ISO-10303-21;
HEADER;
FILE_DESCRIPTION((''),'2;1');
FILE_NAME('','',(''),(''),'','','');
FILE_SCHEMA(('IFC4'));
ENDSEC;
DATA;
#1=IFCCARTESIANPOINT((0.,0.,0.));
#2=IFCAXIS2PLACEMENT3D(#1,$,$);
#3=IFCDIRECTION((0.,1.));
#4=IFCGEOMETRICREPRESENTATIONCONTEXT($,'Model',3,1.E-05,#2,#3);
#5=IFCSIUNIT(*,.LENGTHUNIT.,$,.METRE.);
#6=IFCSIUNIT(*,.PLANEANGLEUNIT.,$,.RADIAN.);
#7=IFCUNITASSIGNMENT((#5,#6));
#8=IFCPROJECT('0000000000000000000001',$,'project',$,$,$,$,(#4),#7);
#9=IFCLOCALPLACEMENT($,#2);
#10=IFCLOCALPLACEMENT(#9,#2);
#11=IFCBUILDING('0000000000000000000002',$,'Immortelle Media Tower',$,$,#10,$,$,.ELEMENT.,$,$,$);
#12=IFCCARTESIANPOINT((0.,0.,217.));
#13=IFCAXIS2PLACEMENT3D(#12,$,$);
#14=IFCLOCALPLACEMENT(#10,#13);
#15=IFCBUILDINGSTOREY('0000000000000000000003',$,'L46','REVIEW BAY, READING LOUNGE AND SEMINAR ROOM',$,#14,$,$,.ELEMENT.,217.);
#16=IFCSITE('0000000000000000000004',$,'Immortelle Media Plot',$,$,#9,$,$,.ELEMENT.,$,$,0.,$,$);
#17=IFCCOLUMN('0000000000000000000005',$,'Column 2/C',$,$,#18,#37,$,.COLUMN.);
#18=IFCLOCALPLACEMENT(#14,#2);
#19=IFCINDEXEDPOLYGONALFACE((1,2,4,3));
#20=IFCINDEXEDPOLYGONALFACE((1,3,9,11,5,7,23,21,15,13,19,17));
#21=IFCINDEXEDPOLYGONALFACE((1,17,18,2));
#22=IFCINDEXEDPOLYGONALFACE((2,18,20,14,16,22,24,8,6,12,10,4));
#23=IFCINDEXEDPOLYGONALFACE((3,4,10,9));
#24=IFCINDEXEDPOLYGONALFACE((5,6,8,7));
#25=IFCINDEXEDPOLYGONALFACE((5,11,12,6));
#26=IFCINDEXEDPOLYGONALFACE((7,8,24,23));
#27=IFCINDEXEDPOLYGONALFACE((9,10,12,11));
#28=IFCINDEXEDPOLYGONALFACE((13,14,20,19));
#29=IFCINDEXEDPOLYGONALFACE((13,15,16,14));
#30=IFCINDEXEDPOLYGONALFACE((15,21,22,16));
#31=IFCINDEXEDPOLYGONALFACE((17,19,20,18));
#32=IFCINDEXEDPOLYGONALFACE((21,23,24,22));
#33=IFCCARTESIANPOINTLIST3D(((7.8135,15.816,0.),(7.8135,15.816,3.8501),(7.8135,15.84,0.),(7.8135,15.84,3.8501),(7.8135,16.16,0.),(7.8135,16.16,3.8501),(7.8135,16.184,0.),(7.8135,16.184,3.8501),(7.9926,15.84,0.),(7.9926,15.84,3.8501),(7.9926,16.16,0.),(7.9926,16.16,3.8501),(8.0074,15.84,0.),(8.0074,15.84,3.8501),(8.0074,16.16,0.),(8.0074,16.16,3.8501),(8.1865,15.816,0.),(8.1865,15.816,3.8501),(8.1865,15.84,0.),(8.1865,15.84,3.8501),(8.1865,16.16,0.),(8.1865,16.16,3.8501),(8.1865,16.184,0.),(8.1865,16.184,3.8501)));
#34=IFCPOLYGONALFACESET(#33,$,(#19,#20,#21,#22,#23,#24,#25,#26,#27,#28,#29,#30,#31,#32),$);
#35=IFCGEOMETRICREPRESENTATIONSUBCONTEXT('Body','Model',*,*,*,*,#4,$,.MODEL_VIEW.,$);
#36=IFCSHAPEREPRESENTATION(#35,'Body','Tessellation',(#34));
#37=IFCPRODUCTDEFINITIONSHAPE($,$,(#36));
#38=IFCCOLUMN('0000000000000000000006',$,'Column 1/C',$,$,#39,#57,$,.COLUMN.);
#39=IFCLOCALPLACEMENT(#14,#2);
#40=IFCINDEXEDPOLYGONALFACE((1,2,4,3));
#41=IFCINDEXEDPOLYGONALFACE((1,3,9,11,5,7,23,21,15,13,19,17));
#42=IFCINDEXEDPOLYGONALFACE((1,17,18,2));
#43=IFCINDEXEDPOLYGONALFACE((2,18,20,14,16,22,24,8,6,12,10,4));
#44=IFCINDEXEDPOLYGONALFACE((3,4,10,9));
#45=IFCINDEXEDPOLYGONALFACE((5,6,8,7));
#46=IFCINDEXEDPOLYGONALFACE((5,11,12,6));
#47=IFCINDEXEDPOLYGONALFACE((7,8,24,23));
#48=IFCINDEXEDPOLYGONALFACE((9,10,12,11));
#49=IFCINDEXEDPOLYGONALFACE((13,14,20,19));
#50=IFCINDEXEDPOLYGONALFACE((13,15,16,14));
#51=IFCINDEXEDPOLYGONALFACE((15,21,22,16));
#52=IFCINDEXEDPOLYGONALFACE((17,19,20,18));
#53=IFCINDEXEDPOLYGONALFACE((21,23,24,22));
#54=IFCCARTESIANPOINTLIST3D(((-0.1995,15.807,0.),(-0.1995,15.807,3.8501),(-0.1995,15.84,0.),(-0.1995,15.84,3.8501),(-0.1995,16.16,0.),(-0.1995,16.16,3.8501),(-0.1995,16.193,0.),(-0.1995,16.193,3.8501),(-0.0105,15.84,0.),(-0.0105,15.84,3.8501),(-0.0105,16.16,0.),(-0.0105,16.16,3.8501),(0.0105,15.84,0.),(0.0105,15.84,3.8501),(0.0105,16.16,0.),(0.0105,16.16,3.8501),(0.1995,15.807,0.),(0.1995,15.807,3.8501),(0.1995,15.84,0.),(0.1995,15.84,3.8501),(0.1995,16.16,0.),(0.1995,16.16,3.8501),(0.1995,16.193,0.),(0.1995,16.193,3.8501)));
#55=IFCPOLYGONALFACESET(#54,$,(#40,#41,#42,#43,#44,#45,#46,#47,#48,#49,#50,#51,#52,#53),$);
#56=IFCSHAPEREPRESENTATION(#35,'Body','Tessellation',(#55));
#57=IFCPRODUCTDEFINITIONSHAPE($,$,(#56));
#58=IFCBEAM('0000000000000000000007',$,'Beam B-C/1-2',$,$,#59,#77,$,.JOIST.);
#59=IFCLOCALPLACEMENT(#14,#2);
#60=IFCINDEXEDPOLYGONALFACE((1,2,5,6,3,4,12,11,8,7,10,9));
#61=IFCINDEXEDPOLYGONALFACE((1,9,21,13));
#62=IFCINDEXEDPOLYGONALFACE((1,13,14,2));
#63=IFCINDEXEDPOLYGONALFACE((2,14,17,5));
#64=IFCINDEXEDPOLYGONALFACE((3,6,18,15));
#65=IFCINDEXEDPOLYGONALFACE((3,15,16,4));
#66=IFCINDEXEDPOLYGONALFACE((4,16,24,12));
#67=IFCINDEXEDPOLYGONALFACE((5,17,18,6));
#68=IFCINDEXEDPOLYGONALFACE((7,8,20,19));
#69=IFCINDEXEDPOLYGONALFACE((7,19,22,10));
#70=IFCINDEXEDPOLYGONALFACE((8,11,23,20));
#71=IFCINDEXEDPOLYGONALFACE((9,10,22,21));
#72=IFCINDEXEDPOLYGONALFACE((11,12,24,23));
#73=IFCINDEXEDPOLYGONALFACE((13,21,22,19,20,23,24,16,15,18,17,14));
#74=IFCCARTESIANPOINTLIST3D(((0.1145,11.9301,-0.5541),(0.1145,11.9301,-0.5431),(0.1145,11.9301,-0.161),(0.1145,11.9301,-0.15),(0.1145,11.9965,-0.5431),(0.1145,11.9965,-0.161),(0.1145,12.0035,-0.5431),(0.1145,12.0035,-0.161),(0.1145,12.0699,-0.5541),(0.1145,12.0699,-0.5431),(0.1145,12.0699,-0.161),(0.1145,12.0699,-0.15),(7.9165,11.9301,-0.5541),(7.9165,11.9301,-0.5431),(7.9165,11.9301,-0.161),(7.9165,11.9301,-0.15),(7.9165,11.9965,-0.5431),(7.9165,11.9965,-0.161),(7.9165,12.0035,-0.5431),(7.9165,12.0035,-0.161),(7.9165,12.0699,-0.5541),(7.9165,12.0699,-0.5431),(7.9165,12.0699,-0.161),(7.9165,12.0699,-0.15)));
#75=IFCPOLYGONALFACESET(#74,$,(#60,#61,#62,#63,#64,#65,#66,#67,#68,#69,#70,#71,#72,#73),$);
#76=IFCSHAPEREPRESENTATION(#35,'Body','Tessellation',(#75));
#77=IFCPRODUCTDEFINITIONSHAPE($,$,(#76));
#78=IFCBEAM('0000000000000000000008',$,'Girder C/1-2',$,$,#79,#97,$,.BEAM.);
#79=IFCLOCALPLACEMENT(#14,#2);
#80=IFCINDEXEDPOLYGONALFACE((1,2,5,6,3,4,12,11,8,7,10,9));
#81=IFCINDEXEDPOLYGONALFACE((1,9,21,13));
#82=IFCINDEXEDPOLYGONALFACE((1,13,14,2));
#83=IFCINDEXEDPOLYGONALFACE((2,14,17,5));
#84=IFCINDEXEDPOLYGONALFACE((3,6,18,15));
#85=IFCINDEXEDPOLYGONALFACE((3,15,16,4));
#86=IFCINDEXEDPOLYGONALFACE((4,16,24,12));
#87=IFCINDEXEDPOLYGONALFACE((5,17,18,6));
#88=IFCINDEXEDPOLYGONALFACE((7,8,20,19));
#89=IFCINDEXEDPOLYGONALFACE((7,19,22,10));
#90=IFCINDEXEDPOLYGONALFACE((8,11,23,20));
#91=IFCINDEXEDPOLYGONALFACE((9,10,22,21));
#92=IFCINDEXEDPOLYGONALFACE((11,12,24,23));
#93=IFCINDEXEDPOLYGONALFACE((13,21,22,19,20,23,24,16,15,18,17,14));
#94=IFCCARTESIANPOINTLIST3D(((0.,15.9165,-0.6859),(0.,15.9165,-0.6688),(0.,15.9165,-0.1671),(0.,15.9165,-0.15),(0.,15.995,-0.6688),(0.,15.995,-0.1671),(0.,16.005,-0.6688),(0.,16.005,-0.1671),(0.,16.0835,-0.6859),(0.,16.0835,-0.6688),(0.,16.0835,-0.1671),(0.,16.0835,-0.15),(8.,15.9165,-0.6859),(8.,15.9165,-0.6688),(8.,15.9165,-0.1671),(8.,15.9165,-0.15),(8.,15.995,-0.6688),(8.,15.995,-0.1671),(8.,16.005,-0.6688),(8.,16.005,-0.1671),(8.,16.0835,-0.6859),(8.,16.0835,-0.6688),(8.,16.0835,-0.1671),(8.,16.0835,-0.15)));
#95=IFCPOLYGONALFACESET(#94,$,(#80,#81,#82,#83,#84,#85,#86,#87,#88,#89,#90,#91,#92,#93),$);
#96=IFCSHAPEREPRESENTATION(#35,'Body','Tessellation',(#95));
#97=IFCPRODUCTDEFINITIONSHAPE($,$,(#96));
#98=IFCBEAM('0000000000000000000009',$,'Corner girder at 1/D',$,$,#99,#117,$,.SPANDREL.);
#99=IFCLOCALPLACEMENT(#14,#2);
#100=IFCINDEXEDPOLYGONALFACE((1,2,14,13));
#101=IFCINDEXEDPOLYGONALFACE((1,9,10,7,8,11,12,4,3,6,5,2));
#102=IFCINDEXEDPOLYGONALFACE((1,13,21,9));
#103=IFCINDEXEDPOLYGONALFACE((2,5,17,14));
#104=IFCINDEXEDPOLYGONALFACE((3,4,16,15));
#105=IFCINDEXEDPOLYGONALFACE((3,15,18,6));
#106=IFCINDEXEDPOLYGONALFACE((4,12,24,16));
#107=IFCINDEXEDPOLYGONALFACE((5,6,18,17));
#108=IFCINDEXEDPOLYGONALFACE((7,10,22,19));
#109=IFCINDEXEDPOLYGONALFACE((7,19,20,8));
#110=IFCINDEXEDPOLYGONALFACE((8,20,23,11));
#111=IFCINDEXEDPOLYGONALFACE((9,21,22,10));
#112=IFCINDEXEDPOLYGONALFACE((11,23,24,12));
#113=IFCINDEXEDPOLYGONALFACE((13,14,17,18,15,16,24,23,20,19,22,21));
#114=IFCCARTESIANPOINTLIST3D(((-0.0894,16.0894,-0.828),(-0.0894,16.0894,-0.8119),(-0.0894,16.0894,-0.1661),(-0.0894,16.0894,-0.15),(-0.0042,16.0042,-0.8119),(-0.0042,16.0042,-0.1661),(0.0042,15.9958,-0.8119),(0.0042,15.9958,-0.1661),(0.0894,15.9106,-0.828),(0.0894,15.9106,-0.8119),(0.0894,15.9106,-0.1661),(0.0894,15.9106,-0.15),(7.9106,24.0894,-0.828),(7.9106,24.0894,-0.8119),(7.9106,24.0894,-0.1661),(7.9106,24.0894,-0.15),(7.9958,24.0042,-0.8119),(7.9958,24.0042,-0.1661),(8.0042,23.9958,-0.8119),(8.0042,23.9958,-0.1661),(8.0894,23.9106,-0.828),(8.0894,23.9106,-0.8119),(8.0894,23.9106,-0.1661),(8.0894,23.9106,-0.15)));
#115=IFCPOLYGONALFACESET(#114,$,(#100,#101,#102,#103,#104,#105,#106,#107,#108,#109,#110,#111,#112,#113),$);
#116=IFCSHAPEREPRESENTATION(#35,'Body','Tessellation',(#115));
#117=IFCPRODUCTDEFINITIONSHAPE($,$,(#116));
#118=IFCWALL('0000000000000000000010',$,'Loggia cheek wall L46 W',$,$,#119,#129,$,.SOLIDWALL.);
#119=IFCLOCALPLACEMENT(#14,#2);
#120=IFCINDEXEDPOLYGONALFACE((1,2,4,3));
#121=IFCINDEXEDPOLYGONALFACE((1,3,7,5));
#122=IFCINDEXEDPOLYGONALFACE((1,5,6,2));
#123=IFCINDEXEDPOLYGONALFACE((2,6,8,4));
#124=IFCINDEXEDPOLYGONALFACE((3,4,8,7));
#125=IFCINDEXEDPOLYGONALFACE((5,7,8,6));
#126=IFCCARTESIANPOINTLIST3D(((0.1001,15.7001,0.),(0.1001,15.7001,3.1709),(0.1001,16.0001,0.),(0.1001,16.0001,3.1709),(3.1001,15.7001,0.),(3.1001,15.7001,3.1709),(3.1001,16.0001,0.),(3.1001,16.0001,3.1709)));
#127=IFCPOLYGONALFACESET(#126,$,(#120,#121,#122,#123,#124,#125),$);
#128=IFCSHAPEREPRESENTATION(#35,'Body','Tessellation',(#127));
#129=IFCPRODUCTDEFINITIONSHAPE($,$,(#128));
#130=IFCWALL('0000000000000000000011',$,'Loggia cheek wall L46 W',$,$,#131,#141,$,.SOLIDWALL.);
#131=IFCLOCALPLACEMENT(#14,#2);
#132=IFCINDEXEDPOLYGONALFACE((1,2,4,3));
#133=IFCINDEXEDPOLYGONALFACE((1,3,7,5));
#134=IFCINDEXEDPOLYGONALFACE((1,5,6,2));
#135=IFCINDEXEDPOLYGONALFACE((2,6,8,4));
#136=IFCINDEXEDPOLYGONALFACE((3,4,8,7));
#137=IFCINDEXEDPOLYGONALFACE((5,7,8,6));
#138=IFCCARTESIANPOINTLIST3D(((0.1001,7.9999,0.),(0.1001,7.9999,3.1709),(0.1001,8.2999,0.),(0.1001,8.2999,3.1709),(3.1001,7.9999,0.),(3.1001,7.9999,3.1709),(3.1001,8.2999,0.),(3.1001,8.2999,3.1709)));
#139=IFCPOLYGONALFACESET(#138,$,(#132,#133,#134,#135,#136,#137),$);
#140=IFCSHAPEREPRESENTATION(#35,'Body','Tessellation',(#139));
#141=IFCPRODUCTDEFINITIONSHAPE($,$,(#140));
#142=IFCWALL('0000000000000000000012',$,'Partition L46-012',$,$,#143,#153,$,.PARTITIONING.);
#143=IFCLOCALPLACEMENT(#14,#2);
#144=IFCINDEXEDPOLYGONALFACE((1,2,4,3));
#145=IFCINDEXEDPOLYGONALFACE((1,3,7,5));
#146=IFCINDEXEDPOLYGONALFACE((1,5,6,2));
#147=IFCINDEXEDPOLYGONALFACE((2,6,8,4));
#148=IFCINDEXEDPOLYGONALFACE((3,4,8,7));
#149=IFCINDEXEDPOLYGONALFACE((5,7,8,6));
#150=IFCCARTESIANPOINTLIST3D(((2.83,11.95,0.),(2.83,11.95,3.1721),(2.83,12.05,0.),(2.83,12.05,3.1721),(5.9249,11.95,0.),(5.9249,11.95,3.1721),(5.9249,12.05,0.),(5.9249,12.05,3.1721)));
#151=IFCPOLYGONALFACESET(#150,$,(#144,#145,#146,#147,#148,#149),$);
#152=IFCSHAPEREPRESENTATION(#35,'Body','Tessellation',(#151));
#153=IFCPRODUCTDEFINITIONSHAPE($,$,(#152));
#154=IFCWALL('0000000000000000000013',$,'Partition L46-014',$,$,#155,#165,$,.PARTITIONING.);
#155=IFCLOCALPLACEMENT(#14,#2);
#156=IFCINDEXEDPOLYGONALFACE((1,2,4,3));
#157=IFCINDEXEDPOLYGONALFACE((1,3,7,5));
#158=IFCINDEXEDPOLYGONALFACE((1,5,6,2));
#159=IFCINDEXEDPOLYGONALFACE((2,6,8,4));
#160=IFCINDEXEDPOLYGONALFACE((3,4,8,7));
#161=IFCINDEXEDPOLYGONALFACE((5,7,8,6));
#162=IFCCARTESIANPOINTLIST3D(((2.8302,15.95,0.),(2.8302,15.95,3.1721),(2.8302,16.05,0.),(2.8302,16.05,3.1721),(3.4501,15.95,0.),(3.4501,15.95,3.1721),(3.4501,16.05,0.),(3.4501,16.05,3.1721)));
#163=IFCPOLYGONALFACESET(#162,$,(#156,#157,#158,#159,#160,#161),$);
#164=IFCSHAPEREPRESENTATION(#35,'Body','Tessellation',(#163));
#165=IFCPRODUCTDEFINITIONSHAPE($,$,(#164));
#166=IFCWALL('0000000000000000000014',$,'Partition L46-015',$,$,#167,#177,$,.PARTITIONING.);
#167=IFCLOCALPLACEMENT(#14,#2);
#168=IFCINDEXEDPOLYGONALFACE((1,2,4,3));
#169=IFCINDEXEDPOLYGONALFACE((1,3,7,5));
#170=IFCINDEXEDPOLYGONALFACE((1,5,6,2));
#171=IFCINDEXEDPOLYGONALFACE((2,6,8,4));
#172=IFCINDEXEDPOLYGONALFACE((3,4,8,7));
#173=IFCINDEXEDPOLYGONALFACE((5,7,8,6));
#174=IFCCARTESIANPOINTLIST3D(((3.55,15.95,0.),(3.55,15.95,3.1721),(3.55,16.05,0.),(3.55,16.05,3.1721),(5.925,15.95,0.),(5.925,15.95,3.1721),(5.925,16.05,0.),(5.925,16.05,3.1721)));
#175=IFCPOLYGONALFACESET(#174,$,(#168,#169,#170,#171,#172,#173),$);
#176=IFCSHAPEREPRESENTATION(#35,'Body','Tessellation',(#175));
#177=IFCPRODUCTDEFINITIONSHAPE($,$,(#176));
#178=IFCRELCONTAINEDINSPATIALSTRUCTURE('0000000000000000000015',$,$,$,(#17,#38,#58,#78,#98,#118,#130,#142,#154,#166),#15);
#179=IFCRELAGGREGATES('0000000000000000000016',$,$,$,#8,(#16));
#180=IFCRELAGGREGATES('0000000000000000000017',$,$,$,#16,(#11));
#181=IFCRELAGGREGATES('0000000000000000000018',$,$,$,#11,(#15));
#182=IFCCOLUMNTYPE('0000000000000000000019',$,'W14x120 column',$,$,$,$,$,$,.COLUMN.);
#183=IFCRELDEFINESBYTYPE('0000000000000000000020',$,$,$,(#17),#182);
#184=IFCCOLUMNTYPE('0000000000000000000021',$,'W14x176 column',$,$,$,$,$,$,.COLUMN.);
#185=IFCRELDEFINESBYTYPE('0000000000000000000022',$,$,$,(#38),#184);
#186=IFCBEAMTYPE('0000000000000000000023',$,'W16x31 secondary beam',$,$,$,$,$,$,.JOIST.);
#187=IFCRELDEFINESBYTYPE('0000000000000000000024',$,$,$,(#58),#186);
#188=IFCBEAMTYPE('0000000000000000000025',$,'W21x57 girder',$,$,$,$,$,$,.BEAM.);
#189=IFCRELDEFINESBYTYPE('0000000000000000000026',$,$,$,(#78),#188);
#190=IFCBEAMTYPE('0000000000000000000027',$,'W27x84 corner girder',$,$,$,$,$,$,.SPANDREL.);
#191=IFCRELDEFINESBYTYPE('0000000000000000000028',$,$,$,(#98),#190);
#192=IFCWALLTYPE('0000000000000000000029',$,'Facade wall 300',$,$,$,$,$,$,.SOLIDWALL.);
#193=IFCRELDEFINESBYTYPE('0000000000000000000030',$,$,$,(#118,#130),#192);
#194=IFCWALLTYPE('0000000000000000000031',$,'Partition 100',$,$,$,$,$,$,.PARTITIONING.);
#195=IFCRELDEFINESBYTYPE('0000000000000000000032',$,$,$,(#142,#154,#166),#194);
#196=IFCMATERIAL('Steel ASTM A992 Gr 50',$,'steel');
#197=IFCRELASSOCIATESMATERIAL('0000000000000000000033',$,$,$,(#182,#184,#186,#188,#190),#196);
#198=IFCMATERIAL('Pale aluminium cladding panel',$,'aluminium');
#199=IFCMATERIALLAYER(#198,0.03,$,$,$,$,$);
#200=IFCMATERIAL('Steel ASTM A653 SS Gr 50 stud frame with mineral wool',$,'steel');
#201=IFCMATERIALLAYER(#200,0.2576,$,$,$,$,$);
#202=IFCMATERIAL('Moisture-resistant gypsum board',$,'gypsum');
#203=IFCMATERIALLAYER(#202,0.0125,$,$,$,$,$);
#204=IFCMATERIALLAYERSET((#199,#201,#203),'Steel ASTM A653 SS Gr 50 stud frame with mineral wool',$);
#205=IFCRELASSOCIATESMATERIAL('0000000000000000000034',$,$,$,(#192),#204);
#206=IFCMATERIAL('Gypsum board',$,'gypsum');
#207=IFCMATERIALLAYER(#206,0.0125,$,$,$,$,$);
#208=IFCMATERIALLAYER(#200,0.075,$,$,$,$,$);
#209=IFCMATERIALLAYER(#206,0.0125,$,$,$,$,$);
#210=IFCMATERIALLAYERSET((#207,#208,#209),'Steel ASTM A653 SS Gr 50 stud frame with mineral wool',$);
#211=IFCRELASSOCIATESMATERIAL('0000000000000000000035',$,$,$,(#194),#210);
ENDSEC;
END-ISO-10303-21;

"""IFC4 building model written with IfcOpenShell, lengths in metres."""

from ifc_helpers import new_model, si_unit, direction, frame, frame_2d, origin, origin_2d, place, context, subcontext, project, spatial, rectangle, i_section, extrude, material, layer, layer_set, material_profile, profile_set, type_object, element, save


model = new_model("IFC4")

# Units and contexts
model_context = context("Model", 3, precision=1e-05, world=origin(), true_north=direction((0.0, 1.0)))
body_context = subcontext(model_context, "Body", "Model", "MODEL_VIEW")
ifc_project = project(units=[si_unit("LENGTHUNIT", "METRE"), si_unit("PLANEANGLEUNIT", "RADIAN")], contexts=[model_context])

# Site, building, storey
site_placement = place(None, origin())
site = spatial("IfcSite", under=ifc_project, at=site_placement, Name="Immortelle Media Plot", CompositionType="ELEMENT", RefElevation=0.0)
building_placement = place(site_placement, origin())
building = spatial("IfcBuilding", under=site, at=building_placement, Name="Immortelle Media Tower", CompositionType="ELEMENT")
storey_placement = place(building_placement, frame((0.0, 0.0, 217.0)))
storey = spatial("IfcBuildingStorey", under=building, at=storey_placement, Name="L46", Description="REVIEW BAY, READING LOUNGE AND SEMINAR ROOM", CompositionType="ELEMENT", Elevation=217.0)

# Columns
ifc_material_1 = material(Name="Steel ASTM A992 Gr 50", Category="steel")
ifc_material_profile_1 = material_profile(ifc_material_1, i_section(OverallWidth=0.373, OverallDepth=0.3679, WebThickness=0.0149, FlangeThickness=0.0239, at=origin_2d()), Name="W14x120")
ifc_profile_set_1 = profile_set([ifc_material_profile_1], Name="Steel ASTM A992 Gr 50")
column_type_1 = type_object("IfcColumnType", Name="W14x120 column", PredefinedType="COLUMN", material=ifc_profile_set_1)
column_1_placement = place(storey_placement, frame((8.0, 16.0, 0.0), z_axis=(0.0, 0.0, 1.0), x_axis=(1.0, 0.0, 0.0)))
element("IfcColumn", 1, at=column_1_placement, inside=storey, type_object=column_type_1, Name="Column 2/C", PredefinedType="COLUMN", context=body_context, shape_type="SweptSolid", body=[
    extrude(i_section(OverallWidth=0.373, OverallDepth=0.3679, WebThickness=0.0149, FlangeThickness=0.0239, at=origin_2d()), origin(), (0.0, 0.0, 1.0), 3.8501),
])
ifc_material_profile_2 = material_profile(ifc_material_1, i_section(OverallWidth=0.3989, OverallDepth=0.386, WebThickness=0.021, FlangeThickness=0.033, at=origin_2d()), Name="W14x176")
ifc_profile_set_2 = profile_set([ifc_material_profile_2], Name="Steel ASTM A992 Gr 50")
column_type_2 = type_object("IfcColumnType", Name="W14x176 column", PredefinedType="COLUMN", material=ifc_profile_set_2)
column_2_placement = place(storey_placement, frame((0.0, 16.0, 0.0), z_axis=(0.0, 0.0, 1.0), x_axis=(1.0, 0.0, 0.0)))
element("IfcColumn", 2, at=column_2_placement, inside=storey, type_object=column_type_2, Name="Column 1/C", PredefinedType="COLUMN", context=body_context, shape_type="SweptSolid", body=[
    extrude(i_section(OverallWidth=0.3989, OverallDepth=0.386, WebThickness=0.021, FlangeThickness=0.033, at=origin_2d()), origin(), (0.0, 0.0, 1.0), 3.8501),
])

# Beams
ifc_material_profile_3 = material_profile(ifc_material_1, i_section(OverallWidth=0.1399, OverallDepth=0.4041, WebThickness=0.0071, FlangeThickness=0.011, at=origin_2d()), Name="W16x31")
ifc_profile_set_3 = profile_set([ifc_material_profile_3], Name="Steel ASTM A992 Gr 50")
beam_type_1 = type_object("IfcBeamType", Name="W16x31 secondary beam", PredefinedType="JOIST", material=ifc_profile_set_3)
beam_1_placement = place(storey_placement, frame((0.1145, 12.0, -0.3521), z_axis=(1.0, 0.0, 0.0), x_axis=(0.0, 1.0, 0.0)))
element("IfcBeam", 3, at=beam_1_placement, inside=storey, type_object=beam_type_1, Name="Beam B-C/1-2", PredefinedType="JOIST", context=body_context, shape_type="SweptSolid", body=[
    extrude(i_section(OverallWidth=0.1399, OverallDepth=0.4041, WebThickness=0.0071, FlangeThickness=0.011, at=origin_2d()), origin(), (0.0, 0.0, 1.0), 7.802),
])
ifc_material_profile_4 = material_profile(ifc_material_1, i_section(OverallWidth=0.167, OverallDepth=0.5359, WebThickness=0.01, FlangeThickness=0.0171, at=origin_2d()), Name="W21x57")
ifc_profile_set_4 = profile_set([ifc_material_profile_4], Name="Steel ASTM A992 Gr 50")
beam_type_2 = type_object("IfcBeamType", Name="W21x57 girder", PredefinedType="BEAM", material=ifc_profile_set_4)
beam_2_placement = place(storey_placement, frame((0.0, 16.0, -0.418), z_axis=(1.0, 0.0, 0.0), x_axis=(0.0, 1.0, 0.0)))
element("IfcBeam", 4, at=beam_2_placement, inside=storey, type_object=beam_type_2, Name="Girder C/1-2", PredefinedType="BEAM", context=body_context, shape_type="SweptSolid", body=[
    extrude(i_section(OverallWidth=0.167, OverallDepth=0.5359, WebThickness=0.01, FlangeThickness=0.0171, at=origin_2d()), origin(), (0.0, 0.0, 1.0), 8.0),
])
ifc_material_profile_5 = material_profile(ifc_material_1, i_section(OverallWidth=0.2529, OverallDepth=0.678, WebThickness=0.012, FlangeThickness=0.0161, at=origin_2d()), Name="W27x84")
ifc_profile_set_5 = profile_set([ifc_material_profile_5], Name="Steel ASTM A992 Gr 50")
beam_type_3 = type_object("IfcBeamType", Name="W27x84 corner girder", PredefinedType="SPANDREL", material=ifc_profile_set_5)
beam_3_placement = place(storey_placement, frame((0.0, 16.0, -0.489), z_axis=(0.707107, 0.707107, 0.0), x_axis=(-0.707107, 0.707107, 0.0)))
element("IfcBeam", 5, at=beam_3_placement, inside=storey, type_object=beam_type_3, Name="Corner girder at 1/D", PredefinedType="SPANDREL", context=body_context, shape_type="SweptSolid", body=[
    extrude(i_section(OverallWidth=0.2529, OverallDepth=0.678, WebThickness=0.012, FlangeThickness=0.0161, at=origin_2d()), origin(), (0.0, 0.0, 1.0), 11.3137),
])

# Shared definitions
ifc_material_2 = material(Name="Pale aluminium cladding panel", Category="aluminium")
ifc_layer_1 = layer(ifc_material_2, 0.03)
ifc_material_3 = material(Name="Steel ASTM A653 SS Gr 50 stud frame with mineral wool", Category="steel")
ifc_layer_2 = layer(ifc_material_3, 0.2576)
ifc_material_4 = material(Name="Moisture-resistant gypsum board", Category="gypsum")
ifc_layer_3 = layer(ifc_material_4, 0.0125)
ifc_layer_set_1 = layer_set([ifc_layer_1, ifc_layer_2, ifc_layer_3], Name="Steel ASTM A653 SS Gr 50 stud frame with mineral wool")
wall_type_1 = type_object("IfcWallType", Name="Facade wall 300", PredefinedType="SOLIDWALL", material=ifc_layer_set_1)

# Walls
for number, where, z_axis, x_axis, name in (
    (6, (0.1001, 15.8501, 0.0), (0.0, 0.0, 1.0), (1.0, 0.0, 0.0), "Loggia cheek wall L46 W"),
    (7, (0.1001, 8.1499, 0.0), (0.0, 0.0, 1.0), (1.0, 0.0, 0.0), "Loggia cheek wall L46 W"),
):
    element("IfcWall", number, at=place(storey_placement, frame(where, z_axis=z_axis, x_axis=x_axis)), inside=storey, type_object=wall_type_1, Name=name, PredefinedType="SOLIDWALL", context=body_context, shape_type="SweptSolid", body=[
        extrude(rectangle(XDim=3.0, YDim=0.3, at=frame_2d((1.5, 0.0))), origin(), (0.0, 0.0, 1.0), 3.1709),
    ])
ifc_material_5 = material(Name="Gypsum board", Category="gypsum")
ifc_layer_4 = layer(ifc_material_5, 0.0125)
ifc_layer_5 = layer(ifc_material_3, 0.075)
ifc_layer_6 = layer(ifc_material_5, 0.0125)
ifc_layer_set_2 = layer_set([ifc_layer_4, ifc_layer_5, ifc_layer_6], Name="Steel ASTM A653 SS Gr 50 stud frame with mineral wool")
wall_type_2 = type_object("IfcWallType", Name="Partition 100", PredefinedType="PARTITIONING", material=ifc_layer_set_2)
wall_1_placement = place(storey_placement, frame((2.8301, 12.0, 0.0), z_axis=(0.0, 0.0, 1.0), x_axis=(1.0, 0.0, 0.0)))
element("IfcWall", 8, at=wall_1_placement, inside=storey, type_object=wall_type_2, Name="Partition L46-012", PredefinedType="PARTITIONING", context=body_context, shape_type="SweptSolid", body=[
    extrude(rectangle(XDim=3.095, YDim=0.1001, at=frame_2d((1.5474, 0.0))), origin(), (0.0, 0.0, 1.0), 3.1721),
])
wall_2_placement = place(storey_placement, frame((2.8301, 16.0, 0.0), z_axis=(0.0, 0.0, 1.0), x_axis=(1.0, 0.0, 0.0)))
element("IfcWall", 9, at=wall_2_placement, inside=storey, type_object=wall_type_2, Name="Partition L46-014", PredefinedType="PARTITIONING", context=body_context, shape_type="SweptSolid", body=[
    extrude(rectangle(XDim=0.6199, YDim=0.1001, at=frame_2d((0.3101, 0.0))), origin(), (0.0, 0.0, 1.0), 3.1721),
])
wall_3_placement = place(storey_placement, frame((3.55, 16.0, 0.0), z_axis=(0.0, 0.0, 1.0), x_axis=(1.0, 0.0, 0.0)))
element("IfcWall", 10, at=wall_3_placement, inside=storey, type_object=wall_type_2, Name="Partition L46-015", PredefinedType="PARTITIONING", context=body_context, shape_type="SweptSolid", body=[
    extrude(rectangle(XDim=2.375, YDim=0.1001, at=frame_2d((1.1875, 0.0))), origin(), (0.0, 0.0, 1.0), 3.1721),
])

save(model, "model.ifc")
